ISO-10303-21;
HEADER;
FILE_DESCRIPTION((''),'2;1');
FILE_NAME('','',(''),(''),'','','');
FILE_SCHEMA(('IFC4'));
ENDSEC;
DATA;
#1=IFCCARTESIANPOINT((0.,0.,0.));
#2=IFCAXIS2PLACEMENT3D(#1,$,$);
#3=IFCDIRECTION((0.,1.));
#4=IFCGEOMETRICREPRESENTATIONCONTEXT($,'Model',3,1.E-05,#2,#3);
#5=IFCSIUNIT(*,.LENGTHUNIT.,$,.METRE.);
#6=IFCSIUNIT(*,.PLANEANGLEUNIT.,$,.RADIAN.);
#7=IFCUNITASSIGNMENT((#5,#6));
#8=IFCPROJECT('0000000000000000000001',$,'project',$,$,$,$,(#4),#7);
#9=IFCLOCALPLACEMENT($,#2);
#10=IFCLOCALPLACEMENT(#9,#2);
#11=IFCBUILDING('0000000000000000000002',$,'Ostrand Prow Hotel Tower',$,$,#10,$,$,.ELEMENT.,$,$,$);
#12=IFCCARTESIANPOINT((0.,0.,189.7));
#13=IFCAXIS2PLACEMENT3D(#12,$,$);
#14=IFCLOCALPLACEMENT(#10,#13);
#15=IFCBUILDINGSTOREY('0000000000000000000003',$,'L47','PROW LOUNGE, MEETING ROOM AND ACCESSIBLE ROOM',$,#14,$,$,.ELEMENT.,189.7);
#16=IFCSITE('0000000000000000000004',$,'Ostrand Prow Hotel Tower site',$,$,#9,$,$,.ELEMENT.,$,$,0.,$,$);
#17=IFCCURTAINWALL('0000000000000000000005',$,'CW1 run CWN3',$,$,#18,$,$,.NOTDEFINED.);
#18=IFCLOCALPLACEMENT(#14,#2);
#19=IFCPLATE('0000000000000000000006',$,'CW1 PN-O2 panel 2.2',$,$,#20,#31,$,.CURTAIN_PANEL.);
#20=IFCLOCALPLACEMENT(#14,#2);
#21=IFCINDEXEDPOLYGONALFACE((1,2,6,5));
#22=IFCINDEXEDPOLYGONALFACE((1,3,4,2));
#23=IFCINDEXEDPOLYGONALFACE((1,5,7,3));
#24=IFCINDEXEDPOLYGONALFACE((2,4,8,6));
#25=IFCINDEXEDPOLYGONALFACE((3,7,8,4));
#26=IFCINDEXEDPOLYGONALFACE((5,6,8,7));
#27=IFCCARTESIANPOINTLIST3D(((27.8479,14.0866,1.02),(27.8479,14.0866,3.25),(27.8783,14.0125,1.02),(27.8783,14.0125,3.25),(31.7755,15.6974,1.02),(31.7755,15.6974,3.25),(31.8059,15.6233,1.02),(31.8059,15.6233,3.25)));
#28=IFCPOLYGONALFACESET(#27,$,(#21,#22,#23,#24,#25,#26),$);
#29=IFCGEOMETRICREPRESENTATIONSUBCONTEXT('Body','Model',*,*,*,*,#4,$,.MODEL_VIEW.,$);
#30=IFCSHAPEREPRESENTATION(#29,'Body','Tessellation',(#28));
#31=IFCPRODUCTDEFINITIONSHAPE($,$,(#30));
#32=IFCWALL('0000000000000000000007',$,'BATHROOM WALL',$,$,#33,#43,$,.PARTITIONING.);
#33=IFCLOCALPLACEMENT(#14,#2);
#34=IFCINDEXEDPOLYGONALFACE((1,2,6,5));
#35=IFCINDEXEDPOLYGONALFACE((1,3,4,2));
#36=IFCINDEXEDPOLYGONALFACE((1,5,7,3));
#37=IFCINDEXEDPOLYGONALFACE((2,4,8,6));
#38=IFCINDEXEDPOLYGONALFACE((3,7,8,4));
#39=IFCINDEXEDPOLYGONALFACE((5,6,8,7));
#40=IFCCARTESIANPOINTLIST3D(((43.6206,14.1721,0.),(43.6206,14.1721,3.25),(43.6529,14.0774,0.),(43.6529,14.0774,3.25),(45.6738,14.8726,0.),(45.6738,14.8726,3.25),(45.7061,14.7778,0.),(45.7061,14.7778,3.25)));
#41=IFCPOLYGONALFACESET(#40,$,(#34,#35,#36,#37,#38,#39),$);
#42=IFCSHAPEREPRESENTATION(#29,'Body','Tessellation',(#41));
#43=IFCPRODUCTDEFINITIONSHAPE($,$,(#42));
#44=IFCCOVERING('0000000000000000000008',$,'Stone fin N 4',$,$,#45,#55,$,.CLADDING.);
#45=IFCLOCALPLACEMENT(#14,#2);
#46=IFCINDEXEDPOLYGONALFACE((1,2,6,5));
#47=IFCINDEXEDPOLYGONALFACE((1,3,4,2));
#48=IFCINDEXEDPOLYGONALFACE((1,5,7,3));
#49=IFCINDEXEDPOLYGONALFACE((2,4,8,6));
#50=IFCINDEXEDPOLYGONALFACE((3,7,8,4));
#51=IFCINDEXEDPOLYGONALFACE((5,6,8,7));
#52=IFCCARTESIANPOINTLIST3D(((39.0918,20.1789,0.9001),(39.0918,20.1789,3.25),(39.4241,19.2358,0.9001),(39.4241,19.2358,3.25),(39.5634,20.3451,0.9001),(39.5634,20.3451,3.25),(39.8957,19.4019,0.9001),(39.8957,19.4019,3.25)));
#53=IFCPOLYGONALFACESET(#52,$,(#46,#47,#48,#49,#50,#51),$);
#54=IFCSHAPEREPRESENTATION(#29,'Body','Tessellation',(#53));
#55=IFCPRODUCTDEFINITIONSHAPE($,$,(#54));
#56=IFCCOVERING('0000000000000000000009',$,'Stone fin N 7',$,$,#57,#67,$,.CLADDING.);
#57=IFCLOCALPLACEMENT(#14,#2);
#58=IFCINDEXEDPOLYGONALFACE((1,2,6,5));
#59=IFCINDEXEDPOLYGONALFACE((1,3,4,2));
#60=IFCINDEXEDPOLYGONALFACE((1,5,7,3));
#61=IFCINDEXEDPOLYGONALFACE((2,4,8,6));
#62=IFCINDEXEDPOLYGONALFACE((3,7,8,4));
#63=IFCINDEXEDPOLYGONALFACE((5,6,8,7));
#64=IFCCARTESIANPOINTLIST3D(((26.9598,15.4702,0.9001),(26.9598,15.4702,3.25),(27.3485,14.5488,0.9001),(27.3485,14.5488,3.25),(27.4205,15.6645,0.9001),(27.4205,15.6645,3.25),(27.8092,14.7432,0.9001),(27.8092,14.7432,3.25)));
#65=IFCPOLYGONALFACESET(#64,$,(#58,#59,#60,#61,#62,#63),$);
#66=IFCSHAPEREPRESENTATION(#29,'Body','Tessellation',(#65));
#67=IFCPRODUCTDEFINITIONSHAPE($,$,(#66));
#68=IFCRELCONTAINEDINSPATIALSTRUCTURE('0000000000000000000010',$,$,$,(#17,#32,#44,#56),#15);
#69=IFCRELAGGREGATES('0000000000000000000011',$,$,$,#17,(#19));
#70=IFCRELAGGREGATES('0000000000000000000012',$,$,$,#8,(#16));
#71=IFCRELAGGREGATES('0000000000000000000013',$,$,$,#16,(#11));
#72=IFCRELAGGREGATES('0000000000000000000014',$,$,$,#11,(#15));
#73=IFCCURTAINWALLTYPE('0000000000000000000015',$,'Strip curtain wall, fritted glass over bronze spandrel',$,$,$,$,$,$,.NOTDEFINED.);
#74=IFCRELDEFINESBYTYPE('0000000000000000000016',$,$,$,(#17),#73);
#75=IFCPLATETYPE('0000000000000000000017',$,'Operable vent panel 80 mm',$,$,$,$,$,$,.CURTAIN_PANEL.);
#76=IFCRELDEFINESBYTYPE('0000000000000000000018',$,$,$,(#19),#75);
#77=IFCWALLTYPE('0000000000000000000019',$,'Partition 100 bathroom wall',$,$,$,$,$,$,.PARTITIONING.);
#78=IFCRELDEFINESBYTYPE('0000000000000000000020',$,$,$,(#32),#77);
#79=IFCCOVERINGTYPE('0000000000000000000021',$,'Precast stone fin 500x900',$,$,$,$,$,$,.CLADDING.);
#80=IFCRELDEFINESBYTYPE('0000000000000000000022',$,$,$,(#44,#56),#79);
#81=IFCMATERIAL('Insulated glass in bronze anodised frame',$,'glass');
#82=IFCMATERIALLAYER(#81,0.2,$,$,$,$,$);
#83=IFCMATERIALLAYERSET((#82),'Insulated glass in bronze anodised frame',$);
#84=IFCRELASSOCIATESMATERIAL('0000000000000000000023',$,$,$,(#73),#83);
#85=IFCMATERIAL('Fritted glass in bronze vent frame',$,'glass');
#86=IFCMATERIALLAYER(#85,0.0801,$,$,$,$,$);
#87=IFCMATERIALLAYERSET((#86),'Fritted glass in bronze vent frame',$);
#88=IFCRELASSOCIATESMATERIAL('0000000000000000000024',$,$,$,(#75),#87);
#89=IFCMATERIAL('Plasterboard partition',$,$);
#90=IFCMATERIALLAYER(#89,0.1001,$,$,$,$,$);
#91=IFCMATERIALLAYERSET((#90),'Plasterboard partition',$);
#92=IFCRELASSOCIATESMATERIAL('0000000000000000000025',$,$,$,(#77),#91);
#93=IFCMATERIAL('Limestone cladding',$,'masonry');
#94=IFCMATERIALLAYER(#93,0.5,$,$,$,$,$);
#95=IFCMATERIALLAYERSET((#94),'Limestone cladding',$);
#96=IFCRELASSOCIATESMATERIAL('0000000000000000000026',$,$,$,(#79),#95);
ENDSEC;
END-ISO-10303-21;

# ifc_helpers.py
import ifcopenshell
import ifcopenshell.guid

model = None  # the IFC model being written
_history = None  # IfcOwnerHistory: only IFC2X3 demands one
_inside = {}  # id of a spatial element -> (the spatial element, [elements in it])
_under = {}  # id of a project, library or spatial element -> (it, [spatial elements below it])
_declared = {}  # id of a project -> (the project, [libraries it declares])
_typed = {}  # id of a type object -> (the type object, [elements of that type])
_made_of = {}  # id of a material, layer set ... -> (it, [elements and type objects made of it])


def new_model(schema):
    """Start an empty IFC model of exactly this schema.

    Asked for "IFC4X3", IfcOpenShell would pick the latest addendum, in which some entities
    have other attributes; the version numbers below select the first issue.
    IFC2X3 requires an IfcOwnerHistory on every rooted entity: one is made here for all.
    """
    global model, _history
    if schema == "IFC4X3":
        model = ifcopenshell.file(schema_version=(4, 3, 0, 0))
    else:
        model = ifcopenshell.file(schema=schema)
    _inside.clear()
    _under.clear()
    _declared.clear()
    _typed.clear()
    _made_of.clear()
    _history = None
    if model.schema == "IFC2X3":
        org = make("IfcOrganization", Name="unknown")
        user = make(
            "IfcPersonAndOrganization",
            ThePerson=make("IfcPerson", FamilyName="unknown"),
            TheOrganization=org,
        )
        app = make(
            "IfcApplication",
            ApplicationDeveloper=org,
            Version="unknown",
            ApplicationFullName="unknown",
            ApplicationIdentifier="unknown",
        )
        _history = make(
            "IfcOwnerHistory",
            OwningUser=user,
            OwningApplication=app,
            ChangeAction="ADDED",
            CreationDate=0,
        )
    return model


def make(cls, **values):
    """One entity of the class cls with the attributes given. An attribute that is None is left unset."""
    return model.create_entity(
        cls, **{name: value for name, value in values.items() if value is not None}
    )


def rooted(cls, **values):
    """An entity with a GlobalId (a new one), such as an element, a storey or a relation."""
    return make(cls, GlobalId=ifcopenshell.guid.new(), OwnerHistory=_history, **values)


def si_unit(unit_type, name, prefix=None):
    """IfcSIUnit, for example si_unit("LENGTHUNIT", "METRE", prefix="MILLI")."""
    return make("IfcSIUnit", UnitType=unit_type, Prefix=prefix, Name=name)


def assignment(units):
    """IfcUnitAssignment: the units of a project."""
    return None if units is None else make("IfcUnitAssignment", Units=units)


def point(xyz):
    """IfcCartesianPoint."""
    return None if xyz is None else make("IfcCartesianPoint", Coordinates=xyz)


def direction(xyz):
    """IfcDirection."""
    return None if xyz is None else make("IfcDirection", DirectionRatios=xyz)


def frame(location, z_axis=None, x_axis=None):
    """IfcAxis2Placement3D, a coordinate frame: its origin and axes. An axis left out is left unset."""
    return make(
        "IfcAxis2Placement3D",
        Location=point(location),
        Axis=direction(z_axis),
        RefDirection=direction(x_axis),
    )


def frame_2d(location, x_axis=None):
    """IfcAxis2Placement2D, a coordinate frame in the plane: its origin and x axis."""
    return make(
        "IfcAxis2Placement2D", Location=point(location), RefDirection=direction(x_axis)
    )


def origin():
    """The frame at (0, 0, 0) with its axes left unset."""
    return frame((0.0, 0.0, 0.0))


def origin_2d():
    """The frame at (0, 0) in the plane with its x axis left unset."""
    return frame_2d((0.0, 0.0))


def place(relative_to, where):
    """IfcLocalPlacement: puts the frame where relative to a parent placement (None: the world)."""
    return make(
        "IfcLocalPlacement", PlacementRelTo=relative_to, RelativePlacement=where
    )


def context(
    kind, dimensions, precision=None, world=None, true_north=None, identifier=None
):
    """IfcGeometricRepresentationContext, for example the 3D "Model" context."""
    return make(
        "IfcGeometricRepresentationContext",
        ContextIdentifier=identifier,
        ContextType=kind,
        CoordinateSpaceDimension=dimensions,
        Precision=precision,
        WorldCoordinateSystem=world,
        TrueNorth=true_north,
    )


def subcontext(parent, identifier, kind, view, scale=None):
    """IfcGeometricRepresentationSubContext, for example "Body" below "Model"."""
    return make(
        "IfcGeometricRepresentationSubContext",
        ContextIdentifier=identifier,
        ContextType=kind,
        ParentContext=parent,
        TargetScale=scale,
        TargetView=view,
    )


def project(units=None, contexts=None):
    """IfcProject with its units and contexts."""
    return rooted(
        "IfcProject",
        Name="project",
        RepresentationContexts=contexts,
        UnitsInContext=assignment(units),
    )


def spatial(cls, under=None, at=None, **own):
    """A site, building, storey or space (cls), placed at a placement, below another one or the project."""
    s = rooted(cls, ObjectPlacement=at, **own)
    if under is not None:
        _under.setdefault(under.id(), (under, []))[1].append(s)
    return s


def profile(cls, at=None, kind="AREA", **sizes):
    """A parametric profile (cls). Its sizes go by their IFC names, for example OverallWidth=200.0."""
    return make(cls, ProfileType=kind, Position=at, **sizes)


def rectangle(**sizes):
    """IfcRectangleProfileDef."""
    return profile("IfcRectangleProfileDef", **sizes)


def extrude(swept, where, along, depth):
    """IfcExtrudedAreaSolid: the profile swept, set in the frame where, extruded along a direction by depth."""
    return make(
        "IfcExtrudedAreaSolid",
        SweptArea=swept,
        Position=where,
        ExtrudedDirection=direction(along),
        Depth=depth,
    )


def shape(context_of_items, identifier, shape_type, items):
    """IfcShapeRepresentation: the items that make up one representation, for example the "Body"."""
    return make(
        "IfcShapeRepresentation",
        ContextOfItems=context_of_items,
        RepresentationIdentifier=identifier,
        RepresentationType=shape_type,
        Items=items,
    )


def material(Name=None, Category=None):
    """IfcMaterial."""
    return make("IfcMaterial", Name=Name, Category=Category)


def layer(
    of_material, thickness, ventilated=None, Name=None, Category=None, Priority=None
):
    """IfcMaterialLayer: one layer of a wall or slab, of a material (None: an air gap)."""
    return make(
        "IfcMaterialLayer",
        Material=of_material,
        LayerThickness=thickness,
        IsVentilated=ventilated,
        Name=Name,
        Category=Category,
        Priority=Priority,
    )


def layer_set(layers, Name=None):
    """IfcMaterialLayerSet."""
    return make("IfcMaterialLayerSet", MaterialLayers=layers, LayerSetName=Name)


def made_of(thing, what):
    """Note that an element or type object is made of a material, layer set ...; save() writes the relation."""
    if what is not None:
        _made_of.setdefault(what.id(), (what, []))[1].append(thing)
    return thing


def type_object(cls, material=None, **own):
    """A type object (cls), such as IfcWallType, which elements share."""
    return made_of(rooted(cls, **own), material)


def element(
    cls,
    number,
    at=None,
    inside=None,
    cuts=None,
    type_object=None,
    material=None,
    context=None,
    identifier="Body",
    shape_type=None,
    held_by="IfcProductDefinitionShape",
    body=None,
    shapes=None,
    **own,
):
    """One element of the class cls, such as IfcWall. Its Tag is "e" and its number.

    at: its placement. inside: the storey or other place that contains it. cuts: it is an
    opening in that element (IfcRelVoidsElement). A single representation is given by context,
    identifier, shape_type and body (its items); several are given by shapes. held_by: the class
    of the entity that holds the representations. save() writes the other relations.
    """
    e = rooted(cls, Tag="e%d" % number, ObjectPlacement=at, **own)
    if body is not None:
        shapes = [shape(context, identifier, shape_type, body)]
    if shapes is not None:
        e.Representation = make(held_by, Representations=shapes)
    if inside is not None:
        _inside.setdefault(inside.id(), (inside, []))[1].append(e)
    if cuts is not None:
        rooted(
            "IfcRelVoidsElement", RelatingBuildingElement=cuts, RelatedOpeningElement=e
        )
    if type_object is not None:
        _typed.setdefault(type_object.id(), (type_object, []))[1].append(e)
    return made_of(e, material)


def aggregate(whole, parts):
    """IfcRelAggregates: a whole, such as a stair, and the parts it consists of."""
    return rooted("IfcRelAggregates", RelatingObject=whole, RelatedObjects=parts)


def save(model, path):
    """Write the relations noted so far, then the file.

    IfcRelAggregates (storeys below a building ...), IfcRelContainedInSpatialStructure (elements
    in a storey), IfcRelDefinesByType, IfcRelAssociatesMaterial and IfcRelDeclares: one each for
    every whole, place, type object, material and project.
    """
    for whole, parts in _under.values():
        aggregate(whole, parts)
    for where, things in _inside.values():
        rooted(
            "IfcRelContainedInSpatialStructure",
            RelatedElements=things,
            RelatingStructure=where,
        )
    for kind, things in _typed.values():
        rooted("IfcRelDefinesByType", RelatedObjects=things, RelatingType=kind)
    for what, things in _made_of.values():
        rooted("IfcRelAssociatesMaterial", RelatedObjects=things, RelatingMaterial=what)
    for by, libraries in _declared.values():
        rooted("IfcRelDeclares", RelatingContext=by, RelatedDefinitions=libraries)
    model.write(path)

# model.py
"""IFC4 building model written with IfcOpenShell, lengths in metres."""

from ifc_helpers import new_model, si_unit, direction, frame, frame_2d, origin, origin_2d, place, context, subcontext, project, spatial, rectangle, extrude, material, layer, layer_set, type_object, element, aggregate, save


model = new_model("IFC4")

# Units and contexts
model_context = context("Model", 3, precision=1e-05, world=origin(), true_north=direction((0.0, 1.0)))
body_context = subcontext(model_context, "Body", "Model", "MODEL_VIEW")
ifc_project = project(units=[si_unit("LENGTHUNIT", "METRE"), si_unit("PLANEANGLEUNIT", "RADIAN")], contexts=[model_context])

# Site, building, storey
site_placement = place(None, origin())
site = spatial("IfcSite", under=ifc_project, at=site_placement, Name="Ostrand Prow Hotel Tower site", CompositionType="ELEMENT", RefElevation=0.0)
building_placement = place(site_placement, origin())
building = spatial("IfcBuilding", under=site, at=building_placement, Name="Ostrand Prow Hotel Tower", CompositionType="ELEMENT")
storey_placement = place(building_placement, frame((0.0, 0.0, 189.7)))
storey = spatial("IfcBuildingStorey", under=building, at=storey_placement, Name="L47", Description="PROW LOUNGE, MEETING ROOM AND ACCESSIBLE ROOM", CompositionType="ELEMENT", Elevation=189.7)

# Shared definitions
ifc_material_1 = material(Name="Insulated glass in bronze anodised frame", Category="glass")
ifc_layer_1 = layer(ifc_material_1, 0.2)
ifc_layer_set_1 = layer_set([ifc_layer_1], Name="Insulated glass in bronze anodised frame")
curtain_wall_type = type_object("IfcCurtainWallType", Name="Strip curtain wall, fritted glass over bronze spandrel", PredefinedType="NOTDEFINED", material=ifc_layer_set_1)

# Curtain wall
curtain_wall_1_placement = place(storey_placement, origin())
curtain_wall_1 = element("IfcCurtainWall", 1, at=curtain_wall_1_placement, inside=storey, type_object=curtain_wall_type, Name="CW1 run CWN3", PredefinedType="NOTDEFINED")

# Plate
ifc_material_2 = material(Name="Fritted glass in bronze vent frame", Category="glass")
ifc_layer_2 = layer(ifc_material_2, 0.0801)
ifc_layer_set_2 = layer_set([ifc_layer_2], Name="Fritted glass in bronze vent frame")
plate_type_1 = type_object("IfcPlateType", Name="Operable vent panel 80 mm", PredefinedType="CURTAIN_PANEL", material=ifc_layer_set_2)
plate_1_placement = place(storey_placement, frame((29.8269, 14.855, 1.02), z_axis=(0.0, 0.0, 1.0), x_axis=(-0.925211, -0.379453, 0.0)))
plate_1 = element("IfcPlate", 2, at=plate_1_placement, type_object=plate_type_1, Name="CW1 PN-O2 panel 2.2", PredefinedType="CURTAIN_PANEL", context=body_context, shape_type="SweptSolid", body=[
    extrude(rectangle(XDim=4.2451, YDim=0.0801, at=origin_2d()), origin(), (0.0, 0.0, 1.0), 2.23),
])
aggregate(curtain_wall_1, [plate_1])

# Wall
ifc_material_3 = material(Name="Plasterboard partition")
ifc_layer_3 = layer(ifc_material_3, 0.1001)
ifc_layer_set_3 = layer_set([ifc_layer_3], Name="Plasterboard partition")
wall_type = type_object("IfcWallType", Name="Partition 100 bathroom wall", PredefinedType="PARTITIONING", material=ifc_layer_set_3)
wall_placement = place(storey_placement, frame((43.6367, 14.1248, 0.0), z_axis=(0.0, 0.0, 1.0), x_axis=(0.946443, 0.322871, 0.0)))
element("IfcWall", 3, at=wall_placement, inside=storey, type_object=wall_type, Name="BATHROOM WALL", PredefinedType="PARTITIONING", context=body_context, shape_type="SweptSolid", body=[
    extrude(rectangle(XDim=2.1694, YDim=0.1001, at=frame_2d((1.0847, 0.0))), origin(), (0.0, 0.0, 1.0), 3.25),
])

# Coverings
ifc_material_4 = material(Name="Limestone cladding", Category="masonry")
ifc_layer_4 = layer(ifc_material_4, 0.5)
ifc_layer_set_4 = layer_set([ifc_layer_4], Name="Limestone cladding")
covering_type = type_object("IfcCoveringType", Name="Precast stone fin 500x900", PredefinedType="CLADDING", material=ifc_layer_set_4)
for number, where, z_axis, x_axis, name in (
    (4, (39.6599, 19.3188, 0.9001), (0.0, 0.0, 1.0), (-0.332296, 0.943175, 0.0), "Stone fin N 4"),
    (5, (27.5789, 14.646, 0.9001), (0.0, 0.0, 1.0), (-0.388668, 0.921378, 0.0), "Stone fin N 7"),
):
    element("IfcCovering", number, at=place(storey_placement, frame(where, z_axis=z_axis, x_axis=x_axis)), inside=storey, type_object=covering_type, Name=name, PredefinedType="CLADDING", context=body_context, shape_type="SweptSolid", body=[
        extrude(rectangle(XDim=1.0, YDim=0.5, at=frame_2d((0.5, 0.0))), origin(), (0.0, 0.0, 1.0), 2.3499),
    ])

save(model, "model.ifc")
